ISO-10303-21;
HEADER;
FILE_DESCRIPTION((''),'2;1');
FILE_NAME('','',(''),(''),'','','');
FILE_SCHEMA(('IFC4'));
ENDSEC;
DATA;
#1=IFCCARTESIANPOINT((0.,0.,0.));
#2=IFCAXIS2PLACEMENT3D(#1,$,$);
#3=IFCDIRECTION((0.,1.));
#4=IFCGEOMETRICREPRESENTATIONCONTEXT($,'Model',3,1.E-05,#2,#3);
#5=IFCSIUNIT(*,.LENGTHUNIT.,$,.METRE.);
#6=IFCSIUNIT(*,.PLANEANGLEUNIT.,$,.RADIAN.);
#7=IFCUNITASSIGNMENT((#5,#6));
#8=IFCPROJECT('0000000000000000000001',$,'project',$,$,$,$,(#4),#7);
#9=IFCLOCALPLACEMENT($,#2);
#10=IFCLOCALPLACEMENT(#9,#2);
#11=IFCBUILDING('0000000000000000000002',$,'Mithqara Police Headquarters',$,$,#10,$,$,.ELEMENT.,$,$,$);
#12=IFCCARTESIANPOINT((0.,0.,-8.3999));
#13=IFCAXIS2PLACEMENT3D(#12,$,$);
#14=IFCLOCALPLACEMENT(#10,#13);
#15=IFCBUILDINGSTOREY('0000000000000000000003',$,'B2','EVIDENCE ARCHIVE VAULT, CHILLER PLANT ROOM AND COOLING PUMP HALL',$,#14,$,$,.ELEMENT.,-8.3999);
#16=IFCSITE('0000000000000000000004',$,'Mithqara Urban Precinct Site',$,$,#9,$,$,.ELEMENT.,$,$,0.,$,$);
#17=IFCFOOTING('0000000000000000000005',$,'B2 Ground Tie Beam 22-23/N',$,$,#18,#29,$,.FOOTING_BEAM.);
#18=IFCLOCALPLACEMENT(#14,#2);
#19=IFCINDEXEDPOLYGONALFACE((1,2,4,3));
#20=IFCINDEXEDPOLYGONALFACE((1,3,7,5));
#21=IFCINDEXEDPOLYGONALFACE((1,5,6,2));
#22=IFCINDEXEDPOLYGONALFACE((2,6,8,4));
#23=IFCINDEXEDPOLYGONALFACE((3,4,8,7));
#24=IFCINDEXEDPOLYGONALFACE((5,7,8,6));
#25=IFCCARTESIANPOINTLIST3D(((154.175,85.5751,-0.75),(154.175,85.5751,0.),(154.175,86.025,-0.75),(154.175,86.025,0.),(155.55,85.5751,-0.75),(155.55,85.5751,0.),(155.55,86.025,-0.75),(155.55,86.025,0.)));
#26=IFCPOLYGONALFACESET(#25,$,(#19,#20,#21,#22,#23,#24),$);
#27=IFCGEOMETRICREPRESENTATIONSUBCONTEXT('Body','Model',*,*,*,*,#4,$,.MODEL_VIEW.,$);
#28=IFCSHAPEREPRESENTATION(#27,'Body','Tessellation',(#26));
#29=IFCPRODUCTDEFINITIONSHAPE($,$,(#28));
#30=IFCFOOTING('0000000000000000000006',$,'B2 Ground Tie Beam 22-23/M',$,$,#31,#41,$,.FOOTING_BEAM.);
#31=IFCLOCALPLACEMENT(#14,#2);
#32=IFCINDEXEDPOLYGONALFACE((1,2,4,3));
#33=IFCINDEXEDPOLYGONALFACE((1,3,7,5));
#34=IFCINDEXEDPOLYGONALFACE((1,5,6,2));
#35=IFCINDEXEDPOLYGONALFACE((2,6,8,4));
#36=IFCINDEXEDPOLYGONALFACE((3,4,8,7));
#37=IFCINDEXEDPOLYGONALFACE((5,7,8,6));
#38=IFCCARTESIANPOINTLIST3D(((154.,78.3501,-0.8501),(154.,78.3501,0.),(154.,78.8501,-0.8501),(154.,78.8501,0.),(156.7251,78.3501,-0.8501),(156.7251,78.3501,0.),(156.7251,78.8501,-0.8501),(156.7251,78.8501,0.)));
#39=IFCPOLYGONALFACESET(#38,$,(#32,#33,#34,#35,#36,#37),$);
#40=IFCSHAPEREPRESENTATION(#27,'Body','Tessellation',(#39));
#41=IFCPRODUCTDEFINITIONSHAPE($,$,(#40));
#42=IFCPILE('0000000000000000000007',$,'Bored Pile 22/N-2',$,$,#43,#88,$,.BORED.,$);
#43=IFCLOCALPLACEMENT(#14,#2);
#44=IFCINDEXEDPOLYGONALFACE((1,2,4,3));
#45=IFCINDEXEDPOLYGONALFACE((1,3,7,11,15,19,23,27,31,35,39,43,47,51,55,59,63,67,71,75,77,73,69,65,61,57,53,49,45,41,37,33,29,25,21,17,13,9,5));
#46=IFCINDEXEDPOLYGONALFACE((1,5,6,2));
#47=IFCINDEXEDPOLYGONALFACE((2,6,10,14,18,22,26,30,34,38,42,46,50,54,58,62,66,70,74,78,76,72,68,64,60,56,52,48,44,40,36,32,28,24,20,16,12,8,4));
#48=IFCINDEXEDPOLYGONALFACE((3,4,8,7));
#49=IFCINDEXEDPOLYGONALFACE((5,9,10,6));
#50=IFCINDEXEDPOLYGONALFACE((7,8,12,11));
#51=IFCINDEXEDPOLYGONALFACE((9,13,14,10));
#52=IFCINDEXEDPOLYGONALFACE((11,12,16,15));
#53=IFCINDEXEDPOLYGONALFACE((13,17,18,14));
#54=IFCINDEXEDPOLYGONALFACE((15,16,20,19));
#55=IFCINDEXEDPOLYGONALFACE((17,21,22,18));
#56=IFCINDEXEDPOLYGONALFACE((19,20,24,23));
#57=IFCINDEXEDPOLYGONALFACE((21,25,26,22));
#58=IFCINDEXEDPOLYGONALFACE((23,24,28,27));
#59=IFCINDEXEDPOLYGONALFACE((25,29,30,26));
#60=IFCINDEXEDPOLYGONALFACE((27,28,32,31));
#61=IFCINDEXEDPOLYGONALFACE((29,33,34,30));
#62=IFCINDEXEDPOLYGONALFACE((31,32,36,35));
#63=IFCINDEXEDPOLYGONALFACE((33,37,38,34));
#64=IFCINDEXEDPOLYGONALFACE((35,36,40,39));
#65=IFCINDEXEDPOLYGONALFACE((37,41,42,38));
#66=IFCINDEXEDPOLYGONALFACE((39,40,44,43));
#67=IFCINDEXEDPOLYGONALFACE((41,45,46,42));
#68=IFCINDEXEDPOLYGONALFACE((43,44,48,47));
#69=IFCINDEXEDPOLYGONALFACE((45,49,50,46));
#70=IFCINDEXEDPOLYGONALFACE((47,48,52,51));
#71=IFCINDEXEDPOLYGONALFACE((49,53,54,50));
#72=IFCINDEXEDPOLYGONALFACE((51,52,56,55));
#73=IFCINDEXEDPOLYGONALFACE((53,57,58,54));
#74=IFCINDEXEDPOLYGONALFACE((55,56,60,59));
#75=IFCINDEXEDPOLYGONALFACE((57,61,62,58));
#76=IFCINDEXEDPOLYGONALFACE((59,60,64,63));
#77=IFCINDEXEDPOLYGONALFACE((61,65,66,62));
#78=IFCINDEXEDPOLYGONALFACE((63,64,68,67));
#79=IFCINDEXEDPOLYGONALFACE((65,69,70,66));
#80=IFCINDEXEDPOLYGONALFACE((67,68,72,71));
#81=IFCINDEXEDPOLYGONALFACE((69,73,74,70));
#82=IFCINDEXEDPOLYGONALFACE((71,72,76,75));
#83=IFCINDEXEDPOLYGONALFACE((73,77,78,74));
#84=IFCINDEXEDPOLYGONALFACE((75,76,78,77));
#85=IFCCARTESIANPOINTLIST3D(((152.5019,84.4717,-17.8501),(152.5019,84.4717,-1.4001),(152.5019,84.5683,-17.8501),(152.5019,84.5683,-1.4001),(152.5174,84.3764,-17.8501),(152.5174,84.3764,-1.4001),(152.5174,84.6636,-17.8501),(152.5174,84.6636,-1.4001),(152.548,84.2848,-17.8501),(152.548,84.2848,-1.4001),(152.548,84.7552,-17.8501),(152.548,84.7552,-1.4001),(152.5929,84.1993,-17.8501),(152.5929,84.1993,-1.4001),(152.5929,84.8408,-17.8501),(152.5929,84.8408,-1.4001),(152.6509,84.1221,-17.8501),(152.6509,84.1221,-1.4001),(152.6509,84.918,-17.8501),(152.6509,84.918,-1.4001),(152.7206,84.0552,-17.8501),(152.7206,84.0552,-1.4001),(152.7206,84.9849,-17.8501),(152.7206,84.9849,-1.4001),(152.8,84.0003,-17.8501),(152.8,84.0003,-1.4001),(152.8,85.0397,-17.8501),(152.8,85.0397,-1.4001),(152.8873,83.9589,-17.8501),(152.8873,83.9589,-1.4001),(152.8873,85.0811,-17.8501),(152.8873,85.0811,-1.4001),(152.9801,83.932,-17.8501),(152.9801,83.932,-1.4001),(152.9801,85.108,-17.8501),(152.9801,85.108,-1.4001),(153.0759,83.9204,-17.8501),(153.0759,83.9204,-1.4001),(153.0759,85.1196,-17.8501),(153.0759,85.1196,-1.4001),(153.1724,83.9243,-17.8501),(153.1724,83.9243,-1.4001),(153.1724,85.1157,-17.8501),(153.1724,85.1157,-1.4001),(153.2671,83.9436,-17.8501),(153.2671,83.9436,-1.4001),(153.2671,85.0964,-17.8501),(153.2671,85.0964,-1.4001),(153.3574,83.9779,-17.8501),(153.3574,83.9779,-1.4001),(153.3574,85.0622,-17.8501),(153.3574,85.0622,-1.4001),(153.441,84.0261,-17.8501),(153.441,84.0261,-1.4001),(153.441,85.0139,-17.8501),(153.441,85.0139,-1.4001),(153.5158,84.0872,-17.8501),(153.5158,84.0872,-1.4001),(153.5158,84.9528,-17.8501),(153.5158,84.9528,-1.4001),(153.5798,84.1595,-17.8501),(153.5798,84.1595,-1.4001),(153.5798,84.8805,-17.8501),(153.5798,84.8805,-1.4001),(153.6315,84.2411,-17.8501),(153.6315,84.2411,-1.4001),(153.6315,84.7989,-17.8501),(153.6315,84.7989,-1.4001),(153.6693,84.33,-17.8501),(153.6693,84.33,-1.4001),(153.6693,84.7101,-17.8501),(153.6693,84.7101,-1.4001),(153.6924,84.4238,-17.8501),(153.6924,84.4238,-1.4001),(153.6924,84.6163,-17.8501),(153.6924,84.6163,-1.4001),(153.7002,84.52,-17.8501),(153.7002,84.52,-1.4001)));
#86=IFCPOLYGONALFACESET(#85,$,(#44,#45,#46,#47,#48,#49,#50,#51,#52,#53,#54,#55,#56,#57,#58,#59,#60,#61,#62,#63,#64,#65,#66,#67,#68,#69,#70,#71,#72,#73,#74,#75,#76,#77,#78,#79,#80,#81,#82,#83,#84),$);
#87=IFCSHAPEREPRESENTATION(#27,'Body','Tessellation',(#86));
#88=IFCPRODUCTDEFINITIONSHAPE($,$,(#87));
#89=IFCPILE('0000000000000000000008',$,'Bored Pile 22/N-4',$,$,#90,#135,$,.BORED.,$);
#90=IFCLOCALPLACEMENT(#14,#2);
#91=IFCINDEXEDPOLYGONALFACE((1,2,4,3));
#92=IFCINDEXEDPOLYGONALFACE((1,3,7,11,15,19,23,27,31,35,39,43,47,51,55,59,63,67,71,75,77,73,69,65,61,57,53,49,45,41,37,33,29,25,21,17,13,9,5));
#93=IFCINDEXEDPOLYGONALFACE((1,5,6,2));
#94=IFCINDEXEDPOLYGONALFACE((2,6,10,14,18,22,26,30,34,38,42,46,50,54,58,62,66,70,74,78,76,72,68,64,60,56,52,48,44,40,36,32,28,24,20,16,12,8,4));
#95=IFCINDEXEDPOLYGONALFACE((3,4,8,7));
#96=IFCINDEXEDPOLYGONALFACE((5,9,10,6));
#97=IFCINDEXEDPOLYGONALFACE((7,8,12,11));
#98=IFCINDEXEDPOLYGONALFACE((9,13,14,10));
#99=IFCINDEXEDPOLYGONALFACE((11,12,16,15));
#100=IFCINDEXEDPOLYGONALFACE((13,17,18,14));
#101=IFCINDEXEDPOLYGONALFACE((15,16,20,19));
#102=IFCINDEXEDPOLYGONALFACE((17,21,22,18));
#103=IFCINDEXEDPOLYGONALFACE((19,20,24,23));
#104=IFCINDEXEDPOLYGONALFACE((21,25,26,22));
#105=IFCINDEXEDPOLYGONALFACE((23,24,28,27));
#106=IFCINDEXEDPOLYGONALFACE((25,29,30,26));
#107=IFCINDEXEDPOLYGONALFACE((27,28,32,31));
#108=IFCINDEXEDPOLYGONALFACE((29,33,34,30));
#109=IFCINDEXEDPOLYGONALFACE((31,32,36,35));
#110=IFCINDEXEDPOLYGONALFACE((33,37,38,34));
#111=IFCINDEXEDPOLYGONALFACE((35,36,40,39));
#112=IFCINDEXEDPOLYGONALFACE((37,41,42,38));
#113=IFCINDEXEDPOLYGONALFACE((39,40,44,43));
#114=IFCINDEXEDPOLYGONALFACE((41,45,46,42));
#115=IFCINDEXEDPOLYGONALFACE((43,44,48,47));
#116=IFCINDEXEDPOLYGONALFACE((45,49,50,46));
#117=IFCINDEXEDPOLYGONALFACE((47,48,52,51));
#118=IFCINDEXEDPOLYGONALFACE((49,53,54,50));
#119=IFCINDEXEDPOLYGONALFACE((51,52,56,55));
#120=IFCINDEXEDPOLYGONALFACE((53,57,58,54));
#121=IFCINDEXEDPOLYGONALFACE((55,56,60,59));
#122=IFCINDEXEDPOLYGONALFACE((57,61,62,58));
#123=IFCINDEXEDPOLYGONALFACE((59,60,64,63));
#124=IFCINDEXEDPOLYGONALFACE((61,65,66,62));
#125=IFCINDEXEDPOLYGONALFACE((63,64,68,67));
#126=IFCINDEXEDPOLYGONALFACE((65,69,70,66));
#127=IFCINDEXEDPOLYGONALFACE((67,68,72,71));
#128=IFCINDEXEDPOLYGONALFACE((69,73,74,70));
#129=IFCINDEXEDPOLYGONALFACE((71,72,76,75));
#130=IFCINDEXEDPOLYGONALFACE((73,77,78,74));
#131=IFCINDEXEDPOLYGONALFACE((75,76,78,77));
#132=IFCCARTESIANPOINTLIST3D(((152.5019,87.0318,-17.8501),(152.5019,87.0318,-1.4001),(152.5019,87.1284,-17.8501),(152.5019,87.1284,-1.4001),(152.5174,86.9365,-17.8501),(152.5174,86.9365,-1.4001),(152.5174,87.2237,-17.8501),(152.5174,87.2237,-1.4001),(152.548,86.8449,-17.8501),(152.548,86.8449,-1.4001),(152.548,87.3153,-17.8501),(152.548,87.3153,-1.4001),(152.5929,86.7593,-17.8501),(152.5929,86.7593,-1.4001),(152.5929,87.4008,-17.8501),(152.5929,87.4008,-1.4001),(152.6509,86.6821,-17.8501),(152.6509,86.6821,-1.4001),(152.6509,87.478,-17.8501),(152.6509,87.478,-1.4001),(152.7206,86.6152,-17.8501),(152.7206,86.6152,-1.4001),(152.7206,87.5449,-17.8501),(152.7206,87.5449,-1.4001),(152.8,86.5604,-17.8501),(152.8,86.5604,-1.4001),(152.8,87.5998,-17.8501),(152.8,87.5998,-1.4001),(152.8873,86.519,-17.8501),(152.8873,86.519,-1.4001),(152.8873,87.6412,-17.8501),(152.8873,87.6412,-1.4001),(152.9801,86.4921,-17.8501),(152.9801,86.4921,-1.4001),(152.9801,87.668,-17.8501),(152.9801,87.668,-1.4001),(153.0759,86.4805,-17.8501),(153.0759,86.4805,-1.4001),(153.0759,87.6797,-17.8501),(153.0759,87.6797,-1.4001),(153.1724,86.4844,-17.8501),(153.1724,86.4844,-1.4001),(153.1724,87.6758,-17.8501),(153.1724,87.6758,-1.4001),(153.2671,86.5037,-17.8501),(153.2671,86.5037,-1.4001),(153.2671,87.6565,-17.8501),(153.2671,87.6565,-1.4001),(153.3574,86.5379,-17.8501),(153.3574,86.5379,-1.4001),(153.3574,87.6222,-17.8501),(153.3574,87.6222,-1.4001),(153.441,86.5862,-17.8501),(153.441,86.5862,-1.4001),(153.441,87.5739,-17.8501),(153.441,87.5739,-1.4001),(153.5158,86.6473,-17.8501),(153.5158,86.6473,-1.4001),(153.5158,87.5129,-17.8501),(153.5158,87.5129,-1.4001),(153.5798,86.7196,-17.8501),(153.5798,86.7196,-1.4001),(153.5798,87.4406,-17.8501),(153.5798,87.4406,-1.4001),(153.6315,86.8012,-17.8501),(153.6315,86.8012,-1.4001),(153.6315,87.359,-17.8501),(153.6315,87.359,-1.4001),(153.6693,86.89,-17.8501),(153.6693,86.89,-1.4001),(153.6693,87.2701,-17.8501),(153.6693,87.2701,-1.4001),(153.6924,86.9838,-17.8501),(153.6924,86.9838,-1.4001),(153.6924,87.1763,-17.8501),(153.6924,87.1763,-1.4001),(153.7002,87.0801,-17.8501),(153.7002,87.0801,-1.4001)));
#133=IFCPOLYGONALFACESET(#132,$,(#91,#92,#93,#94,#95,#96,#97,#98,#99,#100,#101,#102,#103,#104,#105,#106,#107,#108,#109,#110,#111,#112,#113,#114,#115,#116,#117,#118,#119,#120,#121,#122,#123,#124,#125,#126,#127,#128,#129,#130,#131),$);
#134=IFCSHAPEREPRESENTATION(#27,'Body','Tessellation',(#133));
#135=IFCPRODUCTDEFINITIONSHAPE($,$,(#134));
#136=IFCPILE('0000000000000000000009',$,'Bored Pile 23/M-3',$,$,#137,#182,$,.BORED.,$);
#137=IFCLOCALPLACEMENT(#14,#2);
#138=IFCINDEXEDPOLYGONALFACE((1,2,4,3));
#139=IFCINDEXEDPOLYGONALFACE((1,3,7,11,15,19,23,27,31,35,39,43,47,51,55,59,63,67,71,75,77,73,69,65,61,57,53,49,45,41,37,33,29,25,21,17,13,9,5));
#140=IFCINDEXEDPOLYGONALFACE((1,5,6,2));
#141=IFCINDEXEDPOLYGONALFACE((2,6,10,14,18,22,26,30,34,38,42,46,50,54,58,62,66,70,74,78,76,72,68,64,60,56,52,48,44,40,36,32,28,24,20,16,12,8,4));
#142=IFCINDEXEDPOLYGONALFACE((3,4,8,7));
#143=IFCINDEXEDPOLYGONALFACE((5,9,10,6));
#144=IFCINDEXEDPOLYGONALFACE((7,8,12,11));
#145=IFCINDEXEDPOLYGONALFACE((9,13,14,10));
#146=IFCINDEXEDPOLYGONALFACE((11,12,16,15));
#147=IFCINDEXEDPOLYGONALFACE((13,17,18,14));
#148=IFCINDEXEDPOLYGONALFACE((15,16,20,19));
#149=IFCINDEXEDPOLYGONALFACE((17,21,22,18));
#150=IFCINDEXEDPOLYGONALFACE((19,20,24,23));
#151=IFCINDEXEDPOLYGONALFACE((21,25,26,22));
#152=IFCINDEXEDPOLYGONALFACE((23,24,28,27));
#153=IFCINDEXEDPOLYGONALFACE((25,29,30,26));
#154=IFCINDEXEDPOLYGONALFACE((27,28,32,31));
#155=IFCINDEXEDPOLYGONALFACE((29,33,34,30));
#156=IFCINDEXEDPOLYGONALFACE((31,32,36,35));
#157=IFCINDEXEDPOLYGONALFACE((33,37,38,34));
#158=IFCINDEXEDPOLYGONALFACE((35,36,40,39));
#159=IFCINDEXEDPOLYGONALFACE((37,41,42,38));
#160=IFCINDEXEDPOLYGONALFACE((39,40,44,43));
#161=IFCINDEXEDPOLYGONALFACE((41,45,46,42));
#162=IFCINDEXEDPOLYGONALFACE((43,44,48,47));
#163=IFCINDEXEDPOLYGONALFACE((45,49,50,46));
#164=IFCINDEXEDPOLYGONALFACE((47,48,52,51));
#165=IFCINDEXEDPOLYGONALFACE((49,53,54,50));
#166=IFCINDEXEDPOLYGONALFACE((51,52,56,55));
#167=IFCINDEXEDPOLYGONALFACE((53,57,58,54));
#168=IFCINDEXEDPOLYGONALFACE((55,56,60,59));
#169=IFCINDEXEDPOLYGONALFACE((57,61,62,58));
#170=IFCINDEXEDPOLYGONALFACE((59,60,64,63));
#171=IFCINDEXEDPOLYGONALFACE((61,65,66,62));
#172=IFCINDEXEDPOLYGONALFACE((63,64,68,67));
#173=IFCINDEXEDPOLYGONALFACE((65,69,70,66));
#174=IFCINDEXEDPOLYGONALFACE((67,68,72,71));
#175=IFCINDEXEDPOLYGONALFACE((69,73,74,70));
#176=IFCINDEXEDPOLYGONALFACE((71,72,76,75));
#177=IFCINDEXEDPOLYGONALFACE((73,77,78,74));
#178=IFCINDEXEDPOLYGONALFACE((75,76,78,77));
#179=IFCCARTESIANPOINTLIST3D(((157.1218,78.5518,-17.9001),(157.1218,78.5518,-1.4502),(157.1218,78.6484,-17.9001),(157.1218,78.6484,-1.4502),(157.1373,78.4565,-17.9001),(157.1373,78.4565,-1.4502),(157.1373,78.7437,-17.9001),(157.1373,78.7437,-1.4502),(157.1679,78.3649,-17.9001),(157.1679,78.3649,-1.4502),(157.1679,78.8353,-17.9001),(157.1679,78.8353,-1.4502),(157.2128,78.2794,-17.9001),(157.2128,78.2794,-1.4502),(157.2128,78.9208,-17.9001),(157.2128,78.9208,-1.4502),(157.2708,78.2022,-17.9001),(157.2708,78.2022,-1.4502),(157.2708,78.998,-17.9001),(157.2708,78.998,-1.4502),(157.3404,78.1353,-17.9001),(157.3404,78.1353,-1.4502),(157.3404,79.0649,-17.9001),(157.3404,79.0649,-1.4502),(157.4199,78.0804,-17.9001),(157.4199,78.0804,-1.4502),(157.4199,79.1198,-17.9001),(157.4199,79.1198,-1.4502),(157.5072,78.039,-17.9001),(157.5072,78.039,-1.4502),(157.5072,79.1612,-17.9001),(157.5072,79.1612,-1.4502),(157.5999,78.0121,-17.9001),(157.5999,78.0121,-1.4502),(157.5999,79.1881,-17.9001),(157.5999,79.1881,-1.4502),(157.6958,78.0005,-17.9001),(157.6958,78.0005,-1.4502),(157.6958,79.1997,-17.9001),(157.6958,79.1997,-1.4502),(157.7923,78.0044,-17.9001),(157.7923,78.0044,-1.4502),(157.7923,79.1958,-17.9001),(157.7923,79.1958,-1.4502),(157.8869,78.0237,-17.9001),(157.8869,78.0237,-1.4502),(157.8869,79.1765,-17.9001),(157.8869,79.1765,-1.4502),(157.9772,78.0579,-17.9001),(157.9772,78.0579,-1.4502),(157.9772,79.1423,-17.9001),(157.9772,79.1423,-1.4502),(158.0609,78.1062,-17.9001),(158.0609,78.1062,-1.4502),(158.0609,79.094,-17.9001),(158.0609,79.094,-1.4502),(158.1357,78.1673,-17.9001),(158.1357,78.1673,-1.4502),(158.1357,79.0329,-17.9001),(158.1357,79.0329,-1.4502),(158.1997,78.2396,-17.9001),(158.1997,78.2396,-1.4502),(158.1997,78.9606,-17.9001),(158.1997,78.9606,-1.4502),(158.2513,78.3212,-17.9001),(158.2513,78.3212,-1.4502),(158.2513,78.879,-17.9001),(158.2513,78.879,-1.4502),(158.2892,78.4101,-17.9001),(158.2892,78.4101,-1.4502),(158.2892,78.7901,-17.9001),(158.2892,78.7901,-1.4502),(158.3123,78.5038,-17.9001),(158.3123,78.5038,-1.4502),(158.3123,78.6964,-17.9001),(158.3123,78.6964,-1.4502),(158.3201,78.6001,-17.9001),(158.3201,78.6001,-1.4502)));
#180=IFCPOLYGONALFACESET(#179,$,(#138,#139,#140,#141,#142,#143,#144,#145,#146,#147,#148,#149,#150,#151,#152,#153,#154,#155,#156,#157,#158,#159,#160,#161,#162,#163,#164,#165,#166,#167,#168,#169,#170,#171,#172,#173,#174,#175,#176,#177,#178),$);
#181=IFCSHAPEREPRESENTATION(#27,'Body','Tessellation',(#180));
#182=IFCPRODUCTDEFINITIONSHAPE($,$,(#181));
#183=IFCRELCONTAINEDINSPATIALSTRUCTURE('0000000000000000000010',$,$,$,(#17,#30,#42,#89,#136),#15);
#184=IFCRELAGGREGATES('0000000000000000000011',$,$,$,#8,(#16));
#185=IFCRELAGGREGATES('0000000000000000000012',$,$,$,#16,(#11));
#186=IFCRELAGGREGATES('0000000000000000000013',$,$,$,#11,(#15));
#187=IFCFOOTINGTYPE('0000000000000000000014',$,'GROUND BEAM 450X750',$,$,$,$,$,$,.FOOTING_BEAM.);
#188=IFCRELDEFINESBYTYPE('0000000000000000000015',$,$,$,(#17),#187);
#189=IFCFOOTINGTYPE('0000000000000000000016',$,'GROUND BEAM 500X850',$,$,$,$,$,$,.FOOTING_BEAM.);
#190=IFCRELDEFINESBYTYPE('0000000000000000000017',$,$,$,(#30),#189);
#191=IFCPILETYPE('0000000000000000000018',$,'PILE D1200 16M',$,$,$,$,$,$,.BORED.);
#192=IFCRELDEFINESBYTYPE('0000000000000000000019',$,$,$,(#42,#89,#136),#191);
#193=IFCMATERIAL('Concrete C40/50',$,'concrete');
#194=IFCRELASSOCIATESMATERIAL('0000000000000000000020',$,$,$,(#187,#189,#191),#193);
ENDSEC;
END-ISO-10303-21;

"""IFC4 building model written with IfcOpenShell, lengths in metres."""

from ifc_helpers import new_model, si_unit, direction, frame, origin, origin_2d, place, context, subcontext, project, spatial, rectangle, circle, extrude, material, material_profile, profile_set, type_object, element, save


model = new_model("IFC4")

# Units and contexts
model_context = context("Model", 3, precision=1e-05, world=origin(), true_north=direction((0.0, 1.0)))
body_context = subcontext(model_context, "Body", "Model", "MODEL_VIEW")
ifc_project = project(units=[si_unit("LENGTHUNIT", "METRE"), si_unit("PLANEANGLEUNIT", "RADIAN")], contexts=[model_context])

# Site, building, storey
site_placement = place(None, origin())
site = spatial("IfcSite", under=ifc_project, at=site_placement, Name="Mithqara Urban Precinct Site", CompositionType="ELEMENT", RefElevation=0.0)
building_placement = place(site_placement, origin())
building = spatial("IfcBuilding", under=site, at=building_placement, Name="Mithqara Police Headquarters", CompositionType="ELEMENT")
storey_placement = place(building_placement, frame((0.0, 0.0, -8.3999)))
storey = spatial("IfcBuildingStorey", under=building, at=storey_placement, Name="B2", Description="EVIDENCE ARCHIVE VAULT, CHILLER PLANT ROOM AND COOLING PUMP HALL", CompositionType="ELEMENT", Elevation=-8.3999)

# Footings
ifc_material_1 = material(Name="Concrete C40/50", Category="concrete")
footing_type_1 = type_object("IfcFootingType", Name="GROUND BEAM 450X750", PredefinedType="FOOTING_BEAM", material=ifc_material_1)
footing_1_placement = place(storey_placement, frame((154.8625, 85.8, -0.75), z_axis=(0.0, 0.0, 1.0), x_axis=(1.0, 0.0, 0.0)))
element("IfcFooting", 1, at=footing_1_placement, inside=storey, type_object=footing_type_1, Name="B2 Ground Tie Beam 22-23/N", PredefinedType="FOOTING_BEAM", context=body_context, shape_type="SweptSolid", body=[
    extrude(rectangle(XDim=1.375, YDim=0.45, at=origin_2d()), origin(), (0.0, 0.0, 1.0), 0.75),
])
footing_type_2 = type_object("IfcFootingType", Name="GROUND BEAM 500X850", PredefinedType="FOOTING_BEAM", material=ifc_material_1)
footing_2_placement = place(storey_placement, frame((155.3625, 78.6001, -0.8501), z_axis=(0.0, 0.0, 1.0), x_axis=(1.0, 0.0, 0.0)))
element("IfcFooting", 2, at=footing_2_placement, inside=storey, type_object=footing_type_2, Name="B2 Ground Tie Beam 22-23/M", PredefinedType="FOOTING_BEAM", context=body_context, shape_type="SweptSolid", body=[
    extrude(rectangle(XDim=2.7251, YDim=0.5, at=origin_2d()), origin(), (0.0, 0.0, 1.0), 0.8501),
])

# Piles
ifc_material_profile_1 = material_profile(ifc_material_1, circle(Radius=0.6001, at=origin_2d()), Name="PILE D1200")
ifc_profile_set_1 = profile_set([ifc_material_profile_1], Name="Concrete C40/50")
pile_type_1 = type_object("IfcPileType", Name="PILE D1200 16M", PredefinedType="BORED", material=ifc_profile_set_1)
for number, where, z_axis, x_axis, name in (
    (3, (153.1001, 84.52, -1.4001), (0.0, 0.0, -1.0), (1.0, 0.0, 0.0), "Bored Pile 22/N-2"),
    (4, (153.1001, 87.0801, -1.4001), (0.0, 0.0, -1.0), (1.0, 0.0, 0.0), "Bored Pile 22/N-4"),
    (5, (157.72, 78.6001, -1.4502), (0.0, 0.0, -1.0), (1.0, 0.0, 0.0), "Bored Pile 23/M-3"),
):
    element("IfcPile", number, at=place(storey_placement, frame(where, z_axis=z_axis, x_axis=x_axis)), inside=storey, type_object=pile_type_1, Name=name, PredefinedType="BORED", context=body_context, shape_type="SweptSolid", body=[
        extrude(circle(Radius=0.6001, at=origin_2d()), origin(), (0.0, 0.0, 1.0), 16.45),
    ])

save(model, "model.ifc")
